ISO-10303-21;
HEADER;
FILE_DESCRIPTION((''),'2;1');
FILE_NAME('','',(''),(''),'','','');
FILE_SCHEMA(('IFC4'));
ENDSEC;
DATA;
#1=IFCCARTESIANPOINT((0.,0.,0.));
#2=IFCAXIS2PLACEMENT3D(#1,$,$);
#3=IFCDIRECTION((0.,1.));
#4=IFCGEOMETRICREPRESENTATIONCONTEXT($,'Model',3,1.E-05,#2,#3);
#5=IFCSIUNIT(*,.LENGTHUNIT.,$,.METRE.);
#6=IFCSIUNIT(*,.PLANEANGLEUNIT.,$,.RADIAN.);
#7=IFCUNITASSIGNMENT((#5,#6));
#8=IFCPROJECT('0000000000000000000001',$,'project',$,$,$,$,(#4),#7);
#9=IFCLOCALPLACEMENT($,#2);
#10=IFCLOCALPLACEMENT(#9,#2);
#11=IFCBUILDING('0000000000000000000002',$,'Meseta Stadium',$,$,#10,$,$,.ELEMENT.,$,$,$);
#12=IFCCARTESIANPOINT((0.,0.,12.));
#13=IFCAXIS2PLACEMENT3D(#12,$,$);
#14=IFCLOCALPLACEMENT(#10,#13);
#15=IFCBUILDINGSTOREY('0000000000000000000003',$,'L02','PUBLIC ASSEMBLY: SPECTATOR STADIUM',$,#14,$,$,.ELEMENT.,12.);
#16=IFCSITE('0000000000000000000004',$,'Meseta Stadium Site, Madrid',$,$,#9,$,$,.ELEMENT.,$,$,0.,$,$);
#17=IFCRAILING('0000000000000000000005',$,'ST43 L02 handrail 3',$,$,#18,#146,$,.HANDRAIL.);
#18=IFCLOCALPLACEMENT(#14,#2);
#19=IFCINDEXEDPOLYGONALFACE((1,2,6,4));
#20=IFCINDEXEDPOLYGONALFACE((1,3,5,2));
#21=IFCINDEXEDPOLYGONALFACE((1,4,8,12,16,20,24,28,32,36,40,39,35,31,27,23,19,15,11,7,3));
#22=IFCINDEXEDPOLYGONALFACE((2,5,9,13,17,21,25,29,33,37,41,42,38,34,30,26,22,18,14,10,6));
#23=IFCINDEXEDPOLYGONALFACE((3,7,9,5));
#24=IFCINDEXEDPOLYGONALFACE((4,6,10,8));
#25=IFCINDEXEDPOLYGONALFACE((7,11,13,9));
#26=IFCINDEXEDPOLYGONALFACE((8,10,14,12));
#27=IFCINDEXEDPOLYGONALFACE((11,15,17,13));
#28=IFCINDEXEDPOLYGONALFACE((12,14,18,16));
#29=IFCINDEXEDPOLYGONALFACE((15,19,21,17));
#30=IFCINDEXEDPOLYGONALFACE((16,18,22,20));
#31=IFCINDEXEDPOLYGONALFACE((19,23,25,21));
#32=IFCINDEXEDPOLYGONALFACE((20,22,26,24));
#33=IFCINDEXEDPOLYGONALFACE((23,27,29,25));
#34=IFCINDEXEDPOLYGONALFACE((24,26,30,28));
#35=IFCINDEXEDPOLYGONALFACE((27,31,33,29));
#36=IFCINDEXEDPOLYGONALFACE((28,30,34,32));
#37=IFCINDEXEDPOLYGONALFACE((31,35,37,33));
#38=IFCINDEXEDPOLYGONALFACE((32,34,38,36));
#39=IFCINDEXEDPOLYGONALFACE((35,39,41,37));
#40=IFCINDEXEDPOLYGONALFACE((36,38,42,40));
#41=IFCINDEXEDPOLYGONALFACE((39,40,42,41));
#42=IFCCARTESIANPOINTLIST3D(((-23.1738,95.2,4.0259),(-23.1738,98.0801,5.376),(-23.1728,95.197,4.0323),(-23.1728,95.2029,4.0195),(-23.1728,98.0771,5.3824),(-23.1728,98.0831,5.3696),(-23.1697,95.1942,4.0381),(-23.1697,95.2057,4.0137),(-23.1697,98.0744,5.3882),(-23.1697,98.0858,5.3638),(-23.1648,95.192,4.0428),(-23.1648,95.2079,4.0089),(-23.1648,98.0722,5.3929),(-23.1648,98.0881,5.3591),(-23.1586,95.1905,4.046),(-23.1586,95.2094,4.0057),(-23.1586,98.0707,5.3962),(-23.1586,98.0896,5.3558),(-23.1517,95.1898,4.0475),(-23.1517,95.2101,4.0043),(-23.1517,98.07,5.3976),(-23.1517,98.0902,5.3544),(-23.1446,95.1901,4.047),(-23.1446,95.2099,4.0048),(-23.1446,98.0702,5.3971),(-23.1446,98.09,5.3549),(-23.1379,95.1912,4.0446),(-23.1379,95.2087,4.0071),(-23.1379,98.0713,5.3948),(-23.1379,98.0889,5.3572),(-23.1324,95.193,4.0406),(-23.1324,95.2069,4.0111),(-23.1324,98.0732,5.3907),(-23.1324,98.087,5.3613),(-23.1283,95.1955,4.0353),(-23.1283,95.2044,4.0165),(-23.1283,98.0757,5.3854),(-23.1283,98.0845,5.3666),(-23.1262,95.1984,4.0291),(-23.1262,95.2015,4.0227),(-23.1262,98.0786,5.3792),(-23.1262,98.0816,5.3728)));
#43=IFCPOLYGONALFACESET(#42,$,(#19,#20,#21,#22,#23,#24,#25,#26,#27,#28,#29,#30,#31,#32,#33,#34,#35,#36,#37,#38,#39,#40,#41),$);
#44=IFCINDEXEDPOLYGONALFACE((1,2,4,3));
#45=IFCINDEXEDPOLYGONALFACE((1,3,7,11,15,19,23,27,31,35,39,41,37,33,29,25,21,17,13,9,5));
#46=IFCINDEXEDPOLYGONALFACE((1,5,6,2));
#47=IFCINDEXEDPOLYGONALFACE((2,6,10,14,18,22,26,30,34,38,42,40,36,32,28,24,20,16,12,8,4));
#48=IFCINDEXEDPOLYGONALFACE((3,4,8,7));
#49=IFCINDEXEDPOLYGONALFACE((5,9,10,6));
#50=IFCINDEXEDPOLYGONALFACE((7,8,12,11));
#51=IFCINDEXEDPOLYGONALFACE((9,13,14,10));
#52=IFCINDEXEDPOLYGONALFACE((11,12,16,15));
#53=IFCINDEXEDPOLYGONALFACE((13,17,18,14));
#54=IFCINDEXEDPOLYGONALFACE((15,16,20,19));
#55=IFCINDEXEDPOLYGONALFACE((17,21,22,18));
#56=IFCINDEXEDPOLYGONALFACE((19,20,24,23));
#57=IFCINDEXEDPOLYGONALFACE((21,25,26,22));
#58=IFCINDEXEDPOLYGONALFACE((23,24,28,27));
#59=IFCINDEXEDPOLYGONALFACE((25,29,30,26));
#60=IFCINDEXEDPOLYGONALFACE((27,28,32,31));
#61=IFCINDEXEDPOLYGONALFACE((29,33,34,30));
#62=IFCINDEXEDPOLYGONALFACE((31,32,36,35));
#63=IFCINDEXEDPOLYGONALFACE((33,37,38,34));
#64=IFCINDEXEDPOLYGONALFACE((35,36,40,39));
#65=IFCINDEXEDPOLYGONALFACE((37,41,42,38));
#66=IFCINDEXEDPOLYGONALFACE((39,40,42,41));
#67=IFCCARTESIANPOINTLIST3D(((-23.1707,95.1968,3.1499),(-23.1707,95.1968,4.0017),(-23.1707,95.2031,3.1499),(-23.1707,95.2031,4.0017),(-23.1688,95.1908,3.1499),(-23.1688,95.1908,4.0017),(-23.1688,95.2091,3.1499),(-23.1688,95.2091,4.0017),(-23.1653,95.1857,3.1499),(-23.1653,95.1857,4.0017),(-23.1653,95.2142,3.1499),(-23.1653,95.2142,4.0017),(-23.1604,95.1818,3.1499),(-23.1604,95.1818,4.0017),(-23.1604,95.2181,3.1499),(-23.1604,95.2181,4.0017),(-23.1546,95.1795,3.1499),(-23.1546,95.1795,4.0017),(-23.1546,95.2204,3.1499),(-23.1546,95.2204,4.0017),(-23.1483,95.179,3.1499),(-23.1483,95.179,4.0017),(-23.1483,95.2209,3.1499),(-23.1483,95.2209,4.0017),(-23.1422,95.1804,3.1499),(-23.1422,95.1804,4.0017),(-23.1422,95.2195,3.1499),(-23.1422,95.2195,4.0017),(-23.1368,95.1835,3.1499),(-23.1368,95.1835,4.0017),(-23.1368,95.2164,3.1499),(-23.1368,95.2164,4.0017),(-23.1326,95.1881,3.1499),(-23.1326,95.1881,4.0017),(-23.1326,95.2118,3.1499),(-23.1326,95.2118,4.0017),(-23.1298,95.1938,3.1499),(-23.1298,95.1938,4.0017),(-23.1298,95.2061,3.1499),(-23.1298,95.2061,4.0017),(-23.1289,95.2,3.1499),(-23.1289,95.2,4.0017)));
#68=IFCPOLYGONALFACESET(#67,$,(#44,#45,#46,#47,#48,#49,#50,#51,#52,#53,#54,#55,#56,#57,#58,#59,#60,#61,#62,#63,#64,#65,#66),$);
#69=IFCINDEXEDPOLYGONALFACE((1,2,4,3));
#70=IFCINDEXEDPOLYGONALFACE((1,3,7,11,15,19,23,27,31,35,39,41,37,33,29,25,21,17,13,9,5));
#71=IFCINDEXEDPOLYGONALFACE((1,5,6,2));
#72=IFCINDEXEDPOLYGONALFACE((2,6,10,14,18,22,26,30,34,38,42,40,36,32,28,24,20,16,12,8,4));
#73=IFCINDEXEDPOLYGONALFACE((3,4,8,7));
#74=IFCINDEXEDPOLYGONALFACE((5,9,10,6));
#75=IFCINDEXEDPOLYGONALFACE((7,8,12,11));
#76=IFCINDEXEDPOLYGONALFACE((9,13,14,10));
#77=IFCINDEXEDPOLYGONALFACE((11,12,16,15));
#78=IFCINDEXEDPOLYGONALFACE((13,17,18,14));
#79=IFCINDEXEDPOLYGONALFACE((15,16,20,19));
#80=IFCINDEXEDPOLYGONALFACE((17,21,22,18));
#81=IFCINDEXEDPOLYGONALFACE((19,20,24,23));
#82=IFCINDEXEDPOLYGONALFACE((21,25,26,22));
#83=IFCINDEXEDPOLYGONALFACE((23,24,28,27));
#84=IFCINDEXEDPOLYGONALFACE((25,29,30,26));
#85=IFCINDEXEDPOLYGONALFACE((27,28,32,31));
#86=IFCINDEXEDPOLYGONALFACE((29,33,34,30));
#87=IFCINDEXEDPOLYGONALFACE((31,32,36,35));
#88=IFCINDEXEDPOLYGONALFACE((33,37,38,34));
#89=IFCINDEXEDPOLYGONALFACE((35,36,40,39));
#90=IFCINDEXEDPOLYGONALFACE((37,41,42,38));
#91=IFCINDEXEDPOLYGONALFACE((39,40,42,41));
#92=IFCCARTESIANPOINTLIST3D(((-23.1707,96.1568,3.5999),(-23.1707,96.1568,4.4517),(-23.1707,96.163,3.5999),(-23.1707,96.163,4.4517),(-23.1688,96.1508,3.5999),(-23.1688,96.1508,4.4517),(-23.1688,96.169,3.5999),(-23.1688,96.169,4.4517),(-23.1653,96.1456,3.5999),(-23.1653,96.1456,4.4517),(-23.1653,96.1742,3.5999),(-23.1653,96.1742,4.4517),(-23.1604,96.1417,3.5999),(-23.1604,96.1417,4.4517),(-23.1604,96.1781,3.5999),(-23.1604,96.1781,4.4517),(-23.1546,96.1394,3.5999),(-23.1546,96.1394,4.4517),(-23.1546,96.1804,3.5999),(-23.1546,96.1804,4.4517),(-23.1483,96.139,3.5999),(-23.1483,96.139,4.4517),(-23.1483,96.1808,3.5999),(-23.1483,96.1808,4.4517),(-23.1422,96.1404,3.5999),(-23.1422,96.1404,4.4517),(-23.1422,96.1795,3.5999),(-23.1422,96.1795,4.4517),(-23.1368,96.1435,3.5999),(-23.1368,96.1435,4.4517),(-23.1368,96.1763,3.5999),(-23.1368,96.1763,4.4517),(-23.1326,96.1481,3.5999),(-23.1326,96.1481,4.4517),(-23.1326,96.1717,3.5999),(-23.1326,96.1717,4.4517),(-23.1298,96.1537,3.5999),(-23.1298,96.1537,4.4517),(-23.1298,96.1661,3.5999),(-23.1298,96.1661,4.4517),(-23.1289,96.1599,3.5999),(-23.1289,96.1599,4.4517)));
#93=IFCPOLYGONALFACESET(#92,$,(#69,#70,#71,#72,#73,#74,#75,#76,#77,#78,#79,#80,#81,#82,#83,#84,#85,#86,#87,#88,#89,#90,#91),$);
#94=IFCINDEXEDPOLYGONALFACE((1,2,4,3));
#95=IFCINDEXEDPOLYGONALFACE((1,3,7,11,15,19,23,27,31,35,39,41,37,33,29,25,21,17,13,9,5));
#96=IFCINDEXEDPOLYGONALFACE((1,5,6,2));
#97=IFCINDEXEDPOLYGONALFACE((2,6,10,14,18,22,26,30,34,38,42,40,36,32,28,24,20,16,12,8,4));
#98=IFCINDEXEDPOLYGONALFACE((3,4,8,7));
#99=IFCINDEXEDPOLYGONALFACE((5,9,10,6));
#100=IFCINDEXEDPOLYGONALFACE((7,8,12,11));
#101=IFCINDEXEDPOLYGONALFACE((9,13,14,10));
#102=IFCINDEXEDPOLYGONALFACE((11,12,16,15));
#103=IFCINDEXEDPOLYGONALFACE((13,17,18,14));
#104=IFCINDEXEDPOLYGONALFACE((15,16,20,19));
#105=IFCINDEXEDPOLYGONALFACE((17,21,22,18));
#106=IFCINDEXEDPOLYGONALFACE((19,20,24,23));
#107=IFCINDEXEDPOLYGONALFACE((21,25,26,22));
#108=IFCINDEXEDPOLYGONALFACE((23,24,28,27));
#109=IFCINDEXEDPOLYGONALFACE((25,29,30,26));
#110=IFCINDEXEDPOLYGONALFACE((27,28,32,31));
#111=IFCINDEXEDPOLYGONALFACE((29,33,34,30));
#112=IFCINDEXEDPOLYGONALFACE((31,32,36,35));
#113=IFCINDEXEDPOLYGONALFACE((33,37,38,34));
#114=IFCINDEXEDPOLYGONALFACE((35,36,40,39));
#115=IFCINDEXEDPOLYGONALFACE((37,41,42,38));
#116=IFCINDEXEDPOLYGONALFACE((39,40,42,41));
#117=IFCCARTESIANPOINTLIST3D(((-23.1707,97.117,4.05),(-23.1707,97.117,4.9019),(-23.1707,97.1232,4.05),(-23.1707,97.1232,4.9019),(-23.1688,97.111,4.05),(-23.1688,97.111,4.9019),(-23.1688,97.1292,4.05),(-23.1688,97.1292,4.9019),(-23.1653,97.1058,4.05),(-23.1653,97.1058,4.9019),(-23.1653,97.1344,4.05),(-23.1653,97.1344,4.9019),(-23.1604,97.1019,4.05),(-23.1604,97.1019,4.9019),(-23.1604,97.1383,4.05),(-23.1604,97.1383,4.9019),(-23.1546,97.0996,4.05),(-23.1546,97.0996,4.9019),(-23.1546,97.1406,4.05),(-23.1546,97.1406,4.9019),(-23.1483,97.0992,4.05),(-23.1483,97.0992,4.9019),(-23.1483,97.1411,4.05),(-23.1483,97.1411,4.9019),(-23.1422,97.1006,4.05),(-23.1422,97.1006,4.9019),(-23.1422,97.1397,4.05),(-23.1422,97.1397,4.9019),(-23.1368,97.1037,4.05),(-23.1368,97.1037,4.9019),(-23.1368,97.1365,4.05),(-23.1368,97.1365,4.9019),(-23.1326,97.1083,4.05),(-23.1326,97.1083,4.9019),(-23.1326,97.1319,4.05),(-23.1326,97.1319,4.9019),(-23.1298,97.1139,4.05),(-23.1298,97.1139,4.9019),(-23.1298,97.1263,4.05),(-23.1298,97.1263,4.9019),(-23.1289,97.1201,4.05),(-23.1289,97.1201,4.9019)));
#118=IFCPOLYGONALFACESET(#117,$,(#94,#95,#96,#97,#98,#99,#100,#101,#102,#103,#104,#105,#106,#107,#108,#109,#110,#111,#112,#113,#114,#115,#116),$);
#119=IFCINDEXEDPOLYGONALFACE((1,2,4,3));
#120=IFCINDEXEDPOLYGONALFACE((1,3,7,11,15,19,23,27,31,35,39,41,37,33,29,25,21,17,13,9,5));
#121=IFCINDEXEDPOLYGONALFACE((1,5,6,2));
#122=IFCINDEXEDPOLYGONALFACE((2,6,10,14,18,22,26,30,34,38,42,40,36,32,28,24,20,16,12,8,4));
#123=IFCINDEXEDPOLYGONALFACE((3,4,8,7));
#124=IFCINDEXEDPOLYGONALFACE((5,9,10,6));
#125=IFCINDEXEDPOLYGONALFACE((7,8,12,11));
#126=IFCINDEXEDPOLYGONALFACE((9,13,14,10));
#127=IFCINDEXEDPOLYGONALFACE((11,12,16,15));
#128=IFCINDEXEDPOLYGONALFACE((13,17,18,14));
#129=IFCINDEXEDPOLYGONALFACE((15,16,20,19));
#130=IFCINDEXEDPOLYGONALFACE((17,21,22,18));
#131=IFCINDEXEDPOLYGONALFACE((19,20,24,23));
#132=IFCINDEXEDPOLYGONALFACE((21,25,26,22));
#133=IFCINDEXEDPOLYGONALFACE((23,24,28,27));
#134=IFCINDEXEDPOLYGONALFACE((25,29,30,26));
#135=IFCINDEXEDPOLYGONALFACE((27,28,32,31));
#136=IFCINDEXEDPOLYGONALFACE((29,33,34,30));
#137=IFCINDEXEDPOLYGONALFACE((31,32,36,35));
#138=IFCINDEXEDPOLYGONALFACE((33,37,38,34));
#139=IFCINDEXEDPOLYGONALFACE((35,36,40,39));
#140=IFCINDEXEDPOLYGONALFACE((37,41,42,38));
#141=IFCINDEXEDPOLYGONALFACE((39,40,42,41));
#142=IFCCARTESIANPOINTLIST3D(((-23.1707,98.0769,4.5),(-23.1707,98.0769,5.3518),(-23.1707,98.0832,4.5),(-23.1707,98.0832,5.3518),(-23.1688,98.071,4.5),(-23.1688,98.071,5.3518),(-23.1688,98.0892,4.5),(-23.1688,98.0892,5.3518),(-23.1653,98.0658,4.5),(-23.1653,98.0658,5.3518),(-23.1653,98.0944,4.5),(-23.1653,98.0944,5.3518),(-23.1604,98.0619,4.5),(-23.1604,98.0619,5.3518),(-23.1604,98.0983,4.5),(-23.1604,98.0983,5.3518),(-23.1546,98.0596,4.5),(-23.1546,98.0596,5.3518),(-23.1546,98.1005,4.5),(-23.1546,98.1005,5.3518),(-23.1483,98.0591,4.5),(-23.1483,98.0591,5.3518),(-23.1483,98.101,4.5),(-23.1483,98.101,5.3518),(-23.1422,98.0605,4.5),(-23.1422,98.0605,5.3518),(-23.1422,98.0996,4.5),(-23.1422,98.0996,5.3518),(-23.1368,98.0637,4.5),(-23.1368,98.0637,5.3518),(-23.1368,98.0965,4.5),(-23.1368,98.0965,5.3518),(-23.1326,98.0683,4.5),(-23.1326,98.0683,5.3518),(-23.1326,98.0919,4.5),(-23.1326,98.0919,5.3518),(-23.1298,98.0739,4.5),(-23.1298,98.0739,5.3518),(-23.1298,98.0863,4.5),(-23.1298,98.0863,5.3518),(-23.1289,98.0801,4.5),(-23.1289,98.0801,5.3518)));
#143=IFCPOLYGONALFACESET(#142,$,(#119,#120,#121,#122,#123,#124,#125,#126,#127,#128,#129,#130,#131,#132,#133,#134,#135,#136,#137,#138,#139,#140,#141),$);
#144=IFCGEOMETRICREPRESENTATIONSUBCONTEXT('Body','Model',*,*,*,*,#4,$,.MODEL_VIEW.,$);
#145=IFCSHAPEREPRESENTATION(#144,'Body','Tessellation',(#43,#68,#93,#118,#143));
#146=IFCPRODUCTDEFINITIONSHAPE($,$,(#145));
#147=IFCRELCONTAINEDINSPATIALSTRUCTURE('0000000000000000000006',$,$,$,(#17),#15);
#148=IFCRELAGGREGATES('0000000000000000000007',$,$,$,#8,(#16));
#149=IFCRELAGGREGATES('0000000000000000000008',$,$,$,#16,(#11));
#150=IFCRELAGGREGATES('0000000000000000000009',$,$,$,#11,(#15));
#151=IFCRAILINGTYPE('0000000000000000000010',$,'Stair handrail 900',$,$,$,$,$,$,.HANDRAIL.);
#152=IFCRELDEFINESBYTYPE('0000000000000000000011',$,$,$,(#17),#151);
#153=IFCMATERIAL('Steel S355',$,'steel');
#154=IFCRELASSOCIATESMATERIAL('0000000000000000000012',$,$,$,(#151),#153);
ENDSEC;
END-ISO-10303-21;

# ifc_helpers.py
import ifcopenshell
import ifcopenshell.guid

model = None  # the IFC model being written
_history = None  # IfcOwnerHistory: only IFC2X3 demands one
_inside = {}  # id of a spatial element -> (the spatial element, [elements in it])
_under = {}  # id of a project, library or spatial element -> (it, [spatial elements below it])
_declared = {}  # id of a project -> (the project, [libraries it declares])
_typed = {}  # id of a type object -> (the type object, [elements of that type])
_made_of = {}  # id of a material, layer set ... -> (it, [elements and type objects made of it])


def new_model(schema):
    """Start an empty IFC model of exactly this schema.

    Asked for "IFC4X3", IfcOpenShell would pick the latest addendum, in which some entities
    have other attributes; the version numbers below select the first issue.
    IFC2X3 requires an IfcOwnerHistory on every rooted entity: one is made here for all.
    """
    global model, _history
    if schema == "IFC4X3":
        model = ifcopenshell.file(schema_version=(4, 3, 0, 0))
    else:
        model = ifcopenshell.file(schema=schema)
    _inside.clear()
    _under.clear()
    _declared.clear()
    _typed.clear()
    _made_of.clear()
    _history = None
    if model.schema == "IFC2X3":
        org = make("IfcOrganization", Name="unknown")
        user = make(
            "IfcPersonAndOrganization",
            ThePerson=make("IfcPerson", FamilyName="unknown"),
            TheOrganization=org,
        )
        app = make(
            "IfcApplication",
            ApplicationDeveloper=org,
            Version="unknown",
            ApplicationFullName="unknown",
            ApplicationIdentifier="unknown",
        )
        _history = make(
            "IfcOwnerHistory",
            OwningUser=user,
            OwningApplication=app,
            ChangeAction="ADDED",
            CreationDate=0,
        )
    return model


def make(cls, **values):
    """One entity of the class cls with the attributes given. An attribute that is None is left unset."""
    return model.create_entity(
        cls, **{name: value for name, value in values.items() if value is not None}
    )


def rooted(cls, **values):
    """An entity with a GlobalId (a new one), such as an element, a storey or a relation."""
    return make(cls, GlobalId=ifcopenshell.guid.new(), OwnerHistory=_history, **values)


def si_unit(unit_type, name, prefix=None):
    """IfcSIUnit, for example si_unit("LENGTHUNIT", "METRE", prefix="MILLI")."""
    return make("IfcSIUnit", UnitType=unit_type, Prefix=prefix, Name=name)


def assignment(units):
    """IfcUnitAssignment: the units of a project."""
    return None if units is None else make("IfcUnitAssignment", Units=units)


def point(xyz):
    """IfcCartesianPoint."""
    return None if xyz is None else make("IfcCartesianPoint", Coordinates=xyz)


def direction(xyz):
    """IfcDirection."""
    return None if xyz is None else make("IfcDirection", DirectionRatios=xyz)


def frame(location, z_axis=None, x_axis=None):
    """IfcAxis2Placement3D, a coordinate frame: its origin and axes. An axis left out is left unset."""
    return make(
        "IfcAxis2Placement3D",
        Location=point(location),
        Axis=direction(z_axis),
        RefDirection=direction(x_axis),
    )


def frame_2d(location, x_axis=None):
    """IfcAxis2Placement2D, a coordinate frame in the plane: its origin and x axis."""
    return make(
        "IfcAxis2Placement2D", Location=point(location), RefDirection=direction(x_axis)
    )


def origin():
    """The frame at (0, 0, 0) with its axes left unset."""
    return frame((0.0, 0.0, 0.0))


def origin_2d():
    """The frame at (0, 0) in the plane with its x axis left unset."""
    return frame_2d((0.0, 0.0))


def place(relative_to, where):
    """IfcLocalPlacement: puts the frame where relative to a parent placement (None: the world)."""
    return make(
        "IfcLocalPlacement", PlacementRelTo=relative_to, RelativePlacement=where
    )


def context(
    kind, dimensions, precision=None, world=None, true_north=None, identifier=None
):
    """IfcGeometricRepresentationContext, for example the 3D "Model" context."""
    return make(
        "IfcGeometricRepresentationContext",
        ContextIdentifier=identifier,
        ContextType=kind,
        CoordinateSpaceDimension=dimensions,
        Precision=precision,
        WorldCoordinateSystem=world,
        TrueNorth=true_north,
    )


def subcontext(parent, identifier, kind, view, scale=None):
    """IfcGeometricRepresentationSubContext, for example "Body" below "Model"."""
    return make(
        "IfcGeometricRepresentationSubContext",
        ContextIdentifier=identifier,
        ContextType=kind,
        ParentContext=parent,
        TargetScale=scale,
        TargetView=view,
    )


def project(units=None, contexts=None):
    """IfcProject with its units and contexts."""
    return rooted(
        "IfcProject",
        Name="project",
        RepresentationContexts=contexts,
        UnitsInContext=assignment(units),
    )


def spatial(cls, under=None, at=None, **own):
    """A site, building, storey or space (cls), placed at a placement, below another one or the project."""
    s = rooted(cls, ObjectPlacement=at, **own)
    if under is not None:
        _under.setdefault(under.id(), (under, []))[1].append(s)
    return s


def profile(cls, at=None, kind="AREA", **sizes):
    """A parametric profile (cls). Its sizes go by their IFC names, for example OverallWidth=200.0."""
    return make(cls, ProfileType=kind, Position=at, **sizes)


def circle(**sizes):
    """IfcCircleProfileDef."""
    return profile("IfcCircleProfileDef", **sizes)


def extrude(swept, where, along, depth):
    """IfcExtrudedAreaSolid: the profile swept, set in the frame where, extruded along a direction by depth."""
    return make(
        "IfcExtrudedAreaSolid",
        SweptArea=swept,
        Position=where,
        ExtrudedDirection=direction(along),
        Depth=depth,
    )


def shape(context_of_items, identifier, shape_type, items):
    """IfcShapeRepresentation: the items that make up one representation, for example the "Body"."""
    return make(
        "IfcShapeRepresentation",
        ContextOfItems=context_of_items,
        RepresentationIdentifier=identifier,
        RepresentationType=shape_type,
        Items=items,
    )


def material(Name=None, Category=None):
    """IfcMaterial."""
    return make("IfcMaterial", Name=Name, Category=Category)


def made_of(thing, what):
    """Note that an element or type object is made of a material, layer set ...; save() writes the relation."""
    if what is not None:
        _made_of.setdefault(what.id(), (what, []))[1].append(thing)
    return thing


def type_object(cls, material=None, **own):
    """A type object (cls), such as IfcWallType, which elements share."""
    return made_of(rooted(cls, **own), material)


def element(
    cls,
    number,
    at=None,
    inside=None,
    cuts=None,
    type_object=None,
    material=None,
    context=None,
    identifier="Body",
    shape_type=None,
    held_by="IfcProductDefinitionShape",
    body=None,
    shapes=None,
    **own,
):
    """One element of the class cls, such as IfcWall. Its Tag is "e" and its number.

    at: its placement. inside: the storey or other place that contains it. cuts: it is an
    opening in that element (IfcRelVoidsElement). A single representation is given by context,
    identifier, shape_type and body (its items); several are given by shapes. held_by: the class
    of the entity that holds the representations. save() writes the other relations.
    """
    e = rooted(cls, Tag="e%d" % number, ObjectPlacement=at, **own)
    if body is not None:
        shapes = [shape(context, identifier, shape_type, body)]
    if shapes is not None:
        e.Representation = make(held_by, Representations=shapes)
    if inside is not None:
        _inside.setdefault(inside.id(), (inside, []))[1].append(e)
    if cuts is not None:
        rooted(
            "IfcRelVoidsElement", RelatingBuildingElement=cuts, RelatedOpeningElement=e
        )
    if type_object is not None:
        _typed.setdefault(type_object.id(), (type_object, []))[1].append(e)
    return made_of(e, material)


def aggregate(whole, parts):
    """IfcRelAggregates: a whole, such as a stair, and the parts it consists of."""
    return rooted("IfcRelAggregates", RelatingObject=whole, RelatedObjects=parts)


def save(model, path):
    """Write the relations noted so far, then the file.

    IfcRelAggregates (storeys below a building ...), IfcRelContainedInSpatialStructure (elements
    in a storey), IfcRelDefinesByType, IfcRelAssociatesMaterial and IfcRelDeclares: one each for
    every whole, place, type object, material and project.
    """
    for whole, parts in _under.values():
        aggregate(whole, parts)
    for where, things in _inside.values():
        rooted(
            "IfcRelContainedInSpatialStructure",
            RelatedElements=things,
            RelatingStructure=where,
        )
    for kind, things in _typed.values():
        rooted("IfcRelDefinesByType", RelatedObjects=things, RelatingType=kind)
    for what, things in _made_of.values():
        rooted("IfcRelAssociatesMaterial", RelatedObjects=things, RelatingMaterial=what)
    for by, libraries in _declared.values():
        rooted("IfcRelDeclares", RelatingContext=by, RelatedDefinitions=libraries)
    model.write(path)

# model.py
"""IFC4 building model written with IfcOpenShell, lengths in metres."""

from ifc_helpers import new_model, si_unit, direction, frame, origin, origin_2d, place, context, subcontext, project, spatial, circle, extrude, material, type_object, element, save


model = new_model("IFC4")

# Units and contexts
model_context = context("Model", 3, precision=1e-05, world=origin(), true_north=direction((0.0, 1.0)))
body_context = subcontext(model_context, "Body", "Model", "MODEL_VIEW")
ifc_project = project(units=[si_unit("LENGTHUNIT", "METRE"), si_unit("PLANEANGLEUNIT", "RADIAN")], contexts=[model_context])

# Site, building, storey
site_placement = place(None, origin())
site = spatial("IfcSite", under=ifc_project, at=site_placement, Name="Meseta Stadium Site, Madrid", CompositionType="ELEMENT", RefElevation=0.0)
building_placement = place(site_placement, origin())
building = spatial("IfcBuilding", under=site, at=building_placement, Name="Meseta Stadium", CompositionType="ELEMENT")
storey_placement = place(building_placement, frame((0.0, 0.0, 12.0)))
storey = spatial("IfcBuildingStorey", under=building, at=storey_placement, Name="L02", Description="PUBLIC ASSEMBLY: SPECTATOR STADIUM", CompositionType="ELEMENT", Elevation=12.0)

# Railing
ifc_material_1 = material(Name="Steel S355", Category="steel")
railing_type_1 = type_object("IfcRailingType", Name="Stair handrail 900", PredefinedType="HANDRAIL", material=ifc_material_1)
for number, where, name in (
    (1, (-23.1499, 95.2, 3.1499), "ST43 L02 handrail 3"),
):
    element("IfcRailing", number, at=place(storey_placement, frame(where)), inside=storey, type_object=railing_type_1, Name=name, PredefinedType="HANDRAIL", context=body_context, shape_type="SweptSolid", body=[
        extrude(circle(Radius=0.0239, at=origin_2d()), frame((0.0, 0.0, 0.876), z_axis=(0.0, 0.905454, 0.424444), x_axis=(-1.0, 0.0, 0.0)), (0.0, 0.0, 1.0), 3.1809),
        extrude(circle(Radius=0.021, at=origin_2d()), origin(), (0.0, 0.0, 1.0), 0.8518),
        extrude(circle(Radius=0.021, at=origin_2d()), frame((0.0, 0.96, 0.45)), (0.0, 0.0, 1.0), 0.8518),
        extrude(circle(Radius=0.021, at=origin_2d()), frame((0.0, 1.9202, 0.9001)), (0.0, 0.0, 1.0), 0.8518),
        extrude(circle(Radius=0.021, at=origin_2d()), frame((0.0, 2.8801, 1.3501)), (0.0, 0.0, 1.0), 0.8518),
    ])

save(model, "model.ifc")
